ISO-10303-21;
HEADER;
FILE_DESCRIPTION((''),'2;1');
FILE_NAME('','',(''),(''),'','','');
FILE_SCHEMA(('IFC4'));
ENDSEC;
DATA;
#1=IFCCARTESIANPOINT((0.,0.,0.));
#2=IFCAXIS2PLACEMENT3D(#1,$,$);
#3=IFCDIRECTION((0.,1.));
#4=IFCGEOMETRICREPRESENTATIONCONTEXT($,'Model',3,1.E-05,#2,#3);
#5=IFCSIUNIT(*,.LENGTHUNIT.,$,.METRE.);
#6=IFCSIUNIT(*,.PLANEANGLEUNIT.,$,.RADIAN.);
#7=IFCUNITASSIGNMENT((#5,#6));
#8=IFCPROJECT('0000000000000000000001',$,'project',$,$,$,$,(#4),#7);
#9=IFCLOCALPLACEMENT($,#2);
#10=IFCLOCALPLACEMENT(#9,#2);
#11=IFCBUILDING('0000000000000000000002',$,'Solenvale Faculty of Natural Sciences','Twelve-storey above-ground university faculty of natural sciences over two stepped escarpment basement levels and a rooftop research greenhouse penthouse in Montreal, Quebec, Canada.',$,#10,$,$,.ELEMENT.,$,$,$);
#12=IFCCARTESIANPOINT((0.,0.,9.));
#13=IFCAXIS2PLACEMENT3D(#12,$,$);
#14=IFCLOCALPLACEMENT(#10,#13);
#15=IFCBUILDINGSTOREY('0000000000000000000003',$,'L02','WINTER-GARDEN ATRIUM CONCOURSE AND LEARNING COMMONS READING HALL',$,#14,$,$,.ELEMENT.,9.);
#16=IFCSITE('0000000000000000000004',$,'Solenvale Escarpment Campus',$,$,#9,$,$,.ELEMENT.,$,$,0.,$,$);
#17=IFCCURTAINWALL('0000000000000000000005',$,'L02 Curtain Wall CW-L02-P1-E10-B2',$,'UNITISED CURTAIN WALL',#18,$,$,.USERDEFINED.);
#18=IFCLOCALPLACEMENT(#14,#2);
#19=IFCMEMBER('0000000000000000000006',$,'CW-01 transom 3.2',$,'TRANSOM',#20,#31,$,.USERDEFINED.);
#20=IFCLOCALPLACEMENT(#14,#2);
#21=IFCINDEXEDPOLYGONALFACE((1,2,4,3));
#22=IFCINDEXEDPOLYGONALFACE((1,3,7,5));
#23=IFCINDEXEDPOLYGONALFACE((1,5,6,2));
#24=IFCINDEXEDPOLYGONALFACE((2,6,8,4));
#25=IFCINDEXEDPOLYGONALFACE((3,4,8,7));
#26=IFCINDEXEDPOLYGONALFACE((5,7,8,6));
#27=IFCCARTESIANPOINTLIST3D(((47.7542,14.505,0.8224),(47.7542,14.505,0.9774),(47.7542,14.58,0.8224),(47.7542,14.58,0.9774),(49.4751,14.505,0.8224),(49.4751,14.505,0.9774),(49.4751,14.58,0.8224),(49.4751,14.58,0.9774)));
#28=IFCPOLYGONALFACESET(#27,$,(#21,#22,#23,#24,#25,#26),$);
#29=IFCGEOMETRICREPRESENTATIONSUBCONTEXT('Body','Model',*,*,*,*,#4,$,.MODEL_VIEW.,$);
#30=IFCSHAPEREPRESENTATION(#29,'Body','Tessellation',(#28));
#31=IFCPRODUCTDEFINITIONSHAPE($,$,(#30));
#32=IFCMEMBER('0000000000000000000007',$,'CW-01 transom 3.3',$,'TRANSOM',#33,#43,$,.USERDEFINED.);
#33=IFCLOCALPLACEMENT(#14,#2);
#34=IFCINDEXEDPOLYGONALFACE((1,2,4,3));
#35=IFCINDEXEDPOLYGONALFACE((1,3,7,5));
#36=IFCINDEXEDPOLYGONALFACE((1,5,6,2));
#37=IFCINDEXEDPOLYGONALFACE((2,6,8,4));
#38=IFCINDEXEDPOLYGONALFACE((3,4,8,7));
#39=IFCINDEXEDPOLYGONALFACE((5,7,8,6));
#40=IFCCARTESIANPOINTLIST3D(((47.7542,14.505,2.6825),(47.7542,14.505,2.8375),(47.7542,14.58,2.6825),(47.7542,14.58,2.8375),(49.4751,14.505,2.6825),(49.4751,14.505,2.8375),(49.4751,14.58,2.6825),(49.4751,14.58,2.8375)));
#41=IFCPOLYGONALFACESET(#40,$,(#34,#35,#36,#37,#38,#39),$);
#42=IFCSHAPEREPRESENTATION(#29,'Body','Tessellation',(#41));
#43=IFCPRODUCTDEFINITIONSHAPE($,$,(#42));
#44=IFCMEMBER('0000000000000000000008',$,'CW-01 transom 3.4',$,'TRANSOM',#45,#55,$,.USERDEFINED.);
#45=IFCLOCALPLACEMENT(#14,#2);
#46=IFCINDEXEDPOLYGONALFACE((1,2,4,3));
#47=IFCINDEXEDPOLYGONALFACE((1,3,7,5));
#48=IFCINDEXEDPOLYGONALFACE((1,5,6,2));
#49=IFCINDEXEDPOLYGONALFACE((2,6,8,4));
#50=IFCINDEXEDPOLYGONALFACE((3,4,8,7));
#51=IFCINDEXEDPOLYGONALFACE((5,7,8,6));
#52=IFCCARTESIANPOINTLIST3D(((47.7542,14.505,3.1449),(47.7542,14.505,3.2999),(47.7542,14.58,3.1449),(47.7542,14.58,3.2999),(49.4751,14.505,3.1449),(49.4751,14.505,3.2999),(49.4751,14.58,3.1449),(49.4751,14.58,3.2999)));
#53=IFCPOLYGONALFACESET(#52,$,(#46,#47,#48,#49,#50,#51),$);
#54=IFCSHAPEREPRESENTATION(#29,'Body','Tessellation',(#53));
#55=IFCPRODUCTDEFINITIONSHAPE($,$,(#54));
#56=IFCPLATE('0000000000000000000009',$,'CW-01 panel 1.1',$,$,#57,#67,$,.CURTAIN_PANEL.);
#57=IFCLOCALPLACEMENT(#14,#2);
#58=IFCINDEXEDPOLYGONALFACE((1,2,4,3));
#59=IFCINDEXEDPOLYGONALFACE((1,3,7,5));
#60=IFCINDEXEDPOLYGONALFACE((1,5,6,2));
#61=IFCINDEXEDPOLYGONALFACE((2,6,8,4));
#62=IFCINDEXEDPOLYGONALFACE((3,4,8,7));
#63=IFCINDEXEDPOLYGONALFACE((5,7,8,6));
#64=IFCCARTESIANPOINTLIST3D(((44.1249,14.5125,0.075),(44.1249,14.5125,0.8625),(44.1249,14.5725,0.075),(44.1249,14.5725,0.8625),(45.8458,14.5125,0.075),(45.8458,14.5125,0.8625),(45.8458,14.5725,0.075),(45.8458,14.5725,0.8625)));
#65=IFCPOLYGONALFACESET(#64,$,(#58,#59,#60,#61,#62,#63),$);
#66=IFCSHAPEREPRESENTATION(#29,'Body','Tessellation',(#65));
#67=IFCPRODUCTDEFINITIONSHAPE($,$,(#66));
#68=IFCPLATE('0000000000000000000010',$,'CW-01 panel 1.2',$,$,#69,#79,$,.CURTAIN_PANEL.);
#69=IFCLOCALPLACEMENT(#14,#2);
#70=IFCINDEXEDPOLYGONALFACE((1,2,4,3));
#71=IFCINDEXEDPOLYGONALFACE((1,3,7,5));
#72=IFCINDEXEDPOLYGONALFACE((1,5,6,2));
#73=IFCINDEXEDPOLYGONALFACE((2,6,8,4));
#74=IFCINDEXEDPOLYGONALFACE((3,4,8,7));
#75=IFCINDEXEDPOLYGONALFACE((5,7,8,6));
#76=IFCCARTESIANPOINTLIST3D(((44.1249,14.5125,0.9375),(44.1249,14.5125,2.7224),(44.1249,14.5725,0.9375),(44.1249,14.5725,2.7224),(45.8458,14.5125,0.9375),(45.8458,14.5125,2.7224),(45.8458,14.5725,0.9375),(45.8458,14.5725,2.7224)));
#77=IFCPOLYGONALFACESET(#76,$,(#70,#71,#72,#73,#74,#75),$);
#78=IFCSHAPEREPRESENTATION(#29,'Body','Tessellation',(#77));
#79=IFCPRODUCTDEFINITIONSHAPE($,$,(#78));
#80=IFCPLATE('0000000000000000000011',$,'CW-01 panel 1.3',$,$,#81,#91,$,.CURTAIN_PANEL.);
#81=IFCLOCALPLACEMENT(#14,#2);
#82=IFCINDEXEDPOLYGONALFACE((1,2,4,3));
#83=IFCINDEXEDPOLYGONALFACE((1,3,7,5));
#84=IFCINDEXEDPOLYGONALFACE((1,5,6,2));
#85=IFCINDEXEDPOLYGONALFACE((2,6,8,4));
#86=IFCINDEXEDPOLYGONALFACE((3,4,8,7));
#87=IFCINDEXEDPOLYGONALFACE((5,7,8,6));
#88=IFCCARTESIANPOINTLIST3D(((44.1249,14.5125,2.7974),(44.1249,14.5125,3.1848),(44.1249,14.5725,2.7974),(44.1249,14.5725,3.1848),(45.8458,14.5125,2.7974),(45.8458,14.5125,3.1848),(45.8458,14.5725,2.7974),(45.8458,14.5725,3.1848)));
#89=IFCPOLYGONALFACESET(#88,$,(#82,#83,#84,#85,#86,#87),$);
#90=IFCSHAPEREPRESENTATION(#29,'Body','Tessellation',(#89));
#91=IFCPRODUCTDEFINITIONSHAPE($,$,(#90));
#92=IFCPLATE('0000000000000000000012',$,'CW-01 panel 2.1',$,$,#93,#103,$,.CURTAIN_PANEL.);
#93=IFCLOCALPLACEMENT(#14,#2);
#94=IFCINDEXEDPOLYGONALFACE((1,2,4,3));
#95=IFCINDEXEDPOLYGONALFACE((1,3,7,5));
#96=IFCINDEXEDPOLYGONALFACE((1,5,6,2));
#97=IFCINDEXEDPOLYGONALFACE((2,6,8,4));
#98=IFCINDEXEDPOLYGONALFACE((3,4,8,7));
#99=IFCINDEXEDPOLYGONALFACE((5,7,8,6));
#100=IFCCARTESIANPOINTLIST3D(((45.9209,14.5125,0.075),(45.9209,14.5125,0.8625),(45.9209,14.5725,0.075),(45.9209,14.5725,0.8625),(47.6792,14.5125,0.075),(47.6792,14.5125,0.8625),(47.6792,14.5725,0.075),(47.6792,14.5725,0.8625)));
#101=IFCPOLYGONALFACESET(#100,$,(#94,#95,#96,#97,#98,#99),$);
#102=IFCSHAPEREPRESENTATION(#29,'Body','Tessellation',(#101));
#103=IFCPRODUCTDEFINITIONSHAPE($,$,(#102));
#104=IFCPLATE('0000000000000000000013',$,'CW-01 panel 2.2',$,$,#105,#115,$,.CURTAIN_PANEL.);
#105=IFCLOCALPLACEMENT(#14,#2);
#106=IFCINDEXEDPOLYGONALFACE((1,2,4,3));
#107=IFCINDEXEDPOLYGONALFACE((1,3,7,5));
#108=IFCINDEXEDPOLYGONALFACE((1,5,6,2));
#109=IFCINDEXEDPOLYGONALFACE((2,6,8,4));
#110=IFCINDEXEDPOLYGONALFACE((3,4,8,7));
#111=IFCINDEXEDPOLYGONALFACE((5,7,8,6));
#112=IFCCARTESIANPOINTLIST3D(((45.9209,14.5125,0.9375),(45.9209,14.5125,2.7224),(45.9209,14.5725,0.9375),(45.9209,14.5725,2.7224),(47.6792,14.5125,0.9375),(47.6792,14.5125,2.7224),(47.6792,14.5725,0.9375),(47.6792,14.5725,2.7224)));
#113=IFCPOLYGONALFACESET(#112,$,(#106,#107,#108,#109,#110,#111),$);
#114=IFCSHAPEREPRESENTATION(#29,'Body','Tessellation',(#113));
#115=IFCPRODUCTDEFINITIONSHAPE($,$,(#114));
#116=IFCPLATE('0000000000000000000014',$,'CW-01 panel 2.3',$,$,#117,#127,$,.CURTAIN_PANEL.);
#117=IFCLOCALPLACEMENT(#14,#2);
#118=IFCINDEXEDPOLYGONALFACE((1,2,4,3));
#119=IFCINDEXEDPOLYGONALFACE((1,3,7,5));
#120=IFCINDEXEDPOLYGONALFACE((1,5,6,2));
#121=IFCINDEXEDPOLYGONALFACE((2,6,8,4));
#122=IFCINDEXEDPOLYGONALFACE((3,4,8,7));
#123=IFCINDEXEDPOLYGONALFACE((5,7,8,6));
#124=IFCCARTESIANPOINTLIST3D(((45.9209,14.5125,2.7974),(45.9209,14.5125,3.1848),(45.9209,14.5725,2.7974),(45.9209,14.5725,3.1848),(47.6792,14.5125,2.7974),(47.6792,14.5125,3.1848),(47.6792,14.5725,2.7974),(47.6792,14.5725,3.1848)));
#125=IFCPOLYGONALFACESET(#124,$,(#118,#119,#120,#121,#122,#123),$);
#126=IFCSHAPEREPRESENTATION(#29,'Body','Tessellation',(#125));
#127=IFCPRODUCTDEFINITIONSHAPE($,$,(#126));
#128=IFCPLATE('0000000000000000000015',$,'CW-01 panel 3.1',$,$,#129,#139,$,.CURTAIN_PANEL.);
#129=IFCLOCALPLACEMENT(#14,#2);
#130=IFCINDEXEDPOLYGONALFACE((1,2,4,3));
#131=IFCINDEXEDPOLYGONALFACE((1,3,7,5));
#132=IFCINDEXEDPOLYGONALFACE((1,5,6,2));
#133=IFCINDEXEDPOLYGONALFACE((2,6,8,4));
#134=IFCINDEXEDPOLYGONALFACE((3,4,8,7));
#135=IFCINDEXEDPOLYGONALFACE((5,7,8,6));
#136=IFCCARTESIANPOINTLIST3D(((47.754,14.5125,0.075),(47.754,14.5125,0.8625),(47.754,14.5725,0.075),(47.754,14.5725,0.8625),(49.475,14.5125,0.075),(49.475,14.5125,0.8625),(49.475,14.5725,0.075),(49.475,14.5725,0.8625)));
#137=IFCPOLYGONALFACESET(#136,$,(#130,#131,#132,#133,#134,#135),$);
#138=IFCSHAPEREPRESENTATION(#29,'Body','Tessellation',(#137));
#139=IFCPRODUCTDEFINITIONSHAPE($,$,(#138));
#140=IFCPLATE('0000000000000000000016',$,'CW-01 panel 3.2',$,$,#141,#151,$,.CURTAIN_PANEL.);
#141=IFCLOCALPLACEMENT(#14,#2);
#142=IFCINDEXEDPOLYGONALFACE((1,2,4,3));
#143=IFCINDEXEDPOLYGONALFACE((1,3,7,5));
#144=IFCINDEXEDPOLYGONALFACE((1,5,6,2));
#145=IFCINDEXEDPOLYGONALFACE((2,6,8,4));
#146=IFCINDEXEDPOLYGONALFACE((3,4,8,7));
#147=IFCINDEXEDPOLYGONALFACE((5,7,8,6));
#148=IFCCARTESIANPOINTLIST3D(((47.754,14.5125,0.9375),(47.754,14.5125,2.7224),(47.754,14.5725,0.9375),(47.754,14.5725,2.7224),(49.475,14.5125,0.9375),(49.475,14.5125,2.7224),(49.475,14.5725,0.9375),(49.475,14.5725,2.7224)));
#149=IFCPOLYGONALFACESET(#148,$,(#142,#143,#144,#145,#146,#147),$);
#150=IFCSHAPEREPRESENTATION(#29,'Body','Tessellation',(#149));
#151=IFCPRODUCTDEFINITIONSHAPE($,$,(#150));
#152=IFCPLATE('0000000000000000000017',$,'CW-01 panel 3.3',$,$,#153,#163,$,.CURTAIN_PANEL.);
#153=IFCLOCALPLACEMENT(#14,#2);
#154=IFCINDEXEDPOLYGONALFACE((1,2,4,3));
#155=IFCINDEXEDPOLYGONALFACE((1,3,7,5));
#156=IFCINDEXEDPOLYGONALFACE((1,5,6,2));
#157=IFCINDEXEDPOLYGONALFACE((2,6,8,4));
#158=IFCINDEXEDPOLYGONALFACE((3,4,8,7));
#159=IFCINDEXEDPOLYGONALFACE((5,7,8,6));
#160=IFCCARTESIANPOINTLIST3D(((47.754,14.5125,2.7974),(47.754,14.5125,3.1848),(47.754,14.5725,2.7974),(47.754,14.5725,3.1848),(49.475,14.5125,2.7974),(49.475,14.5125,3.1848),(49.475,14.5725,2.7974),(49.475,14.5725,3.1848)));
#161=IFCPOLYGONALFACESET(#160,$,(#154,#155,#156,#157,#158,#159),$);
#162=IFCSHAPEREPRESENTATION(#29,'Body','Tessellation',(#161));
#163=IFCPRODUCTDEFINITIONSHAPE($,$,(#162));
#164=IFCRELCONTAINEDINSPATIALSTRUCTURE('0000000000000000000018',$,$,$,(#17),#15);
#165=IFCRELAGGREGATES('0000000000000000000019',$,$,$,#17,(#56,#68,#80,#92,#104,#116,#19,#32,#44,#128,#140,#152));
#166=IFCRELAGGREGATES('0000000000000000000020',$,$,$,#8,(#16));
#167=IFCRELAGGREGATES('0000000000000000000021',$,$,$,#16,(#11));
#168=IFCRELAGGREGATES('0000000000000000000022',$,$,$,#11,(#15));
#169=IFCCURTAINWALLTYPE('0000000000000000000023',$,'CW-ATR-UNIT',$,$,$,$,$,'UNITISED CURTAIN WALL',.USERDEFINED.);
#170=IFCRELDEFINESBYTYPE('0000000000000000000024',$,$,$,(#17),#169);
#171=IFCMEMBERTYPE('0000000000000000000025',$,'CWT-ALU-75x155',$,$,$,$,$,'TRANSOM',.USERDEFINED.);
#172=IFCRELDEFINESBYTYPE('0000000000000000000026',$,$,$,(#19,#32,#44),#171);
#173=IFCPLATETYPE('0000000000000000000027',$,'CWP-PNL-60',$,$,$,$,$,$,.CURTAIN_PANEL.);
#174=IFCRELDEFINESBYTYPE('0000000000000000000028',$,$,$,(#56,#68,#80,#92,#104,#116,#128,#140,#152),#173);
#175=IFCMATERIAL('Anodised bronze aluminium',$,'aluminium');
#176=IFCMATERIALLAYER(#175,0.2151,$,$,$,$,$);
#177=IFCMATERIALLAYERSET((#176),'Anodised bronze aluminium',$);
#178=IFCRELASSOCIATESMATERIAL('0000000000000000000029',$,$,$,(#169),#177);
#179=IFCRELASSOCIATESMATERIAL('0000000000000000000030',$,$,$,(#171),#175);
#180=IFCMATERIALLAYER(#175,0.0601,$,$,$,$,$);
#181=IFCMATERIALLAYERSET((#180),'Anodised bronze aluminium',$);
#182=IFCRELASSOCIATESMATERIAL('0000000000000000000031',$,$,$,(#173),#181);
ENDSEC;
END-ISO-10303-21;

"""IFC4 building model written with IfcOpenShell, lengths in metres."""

from ifc_helpers import new_model, si_unit, direction, frame, origin, origin_2d, place, context, subcontext, project, spatial, rectangle, extrude, material, layer, layer_set, material_profile, profile_set, type_object, element, aggregate, save


model = new_model("IFC4")

# Units and contexts
model_context = context("Model", 3, precision=1e-05, world=origin(), true_north=direction((0.0, 1.0)))
body_context = subcontext(model_context, "Body", "Model", "MODEL_VIEW")
ifc_project = project(units=[si_unit("LENGTHUNIT", "METRE"), si_unit("PLANEANGLEUNIT", "RADIAN")], contexts=[model_context])

# Site, building, storey
site_placement = place(None, origin())
site = spatial("IfcSite", under=ifc_project, at=site_placement, Name="Solenvale Escarpment Campus", CompositionType="ELEMENT", RefElevation=0.0)
building_placement = place(site_placement, origin())
building = spatial("IfcBuilding", under=site, at=building_placement, Name="Solenvale Faculty of Natural Sciences", Description="Twelve-storey above-ground university faculty of natural sciences over two stepped escarpment basement levels and a rooftop research greenhouse penthouse in Montreal, Quebec, Canada.", CompositionType="ELEMENT")
storey_placement = place(building_placement, frame((0.0, 0.0, 9.0)))
storey = spatial("IfcBuildingStorey", under=building, at=storey_placement, Name="L02", Description="WINTER-GARDEN ATRIUM CONCOURSE AND LEARNING COMMONS READING HALL", CompositionType="ELEMENT", Elevation=9.0)

# Curtain wall, members, plates
ifc_material_1 = material(Name="Anodised bronze aluminium", Category="aluminium")
ifc_layer_1 = layer(ifc_material_1, 0.2151)
ifc_layer_set_1 = layer_set([ifc_layer_1], Name="Anodised bronze aluminium")
curtain_wall_type = type_object("IfcCurtainWallType", Name="CW-ATR-UNIT", ElementType="UNITISED CURTAIN WALL", PredefinedType="USERDEFINED", material=ifc_layer_set_1)
curtain_wall_placement = place(storey_placement, origin())
curtain_wall = element("IfcCurtainWall", 1, at=curtain_wall_placement, inside=storey, type_object=curtain_wall_type, Name="L02 Curtain Wall CW-L02-P1-E10-B2", ObjectType="UNITISED CURTAIN WALL", PredefinedType="USERDEFINED")
ifc_material_profile_1 = material_profile(ifc_material_1, rectangle(XDim=0.075, YDim=0.155, at=origin_2d()), Name="ALU-TRN-75x155")
ifc_profile_set_1 = profile_set([ifc_material_profile_1], Name="Anodised bronze aluminium")
member_type_1 = type_object("IfcMemberType", Name="CWT-ALU-75x155", ElementType="TRANSOM", PredefinedType="USERDEFINED", material=ifc_profile_set_1)
member_1_placement = place(storey_placement, frame((47.7542, 14.5425, 0.8999), z_axis=(1.0, 0.0, 0.0), x_axis=(0.0, 1.0, 0.0)))
member_1 = element("IfcMember", 2, at=member_1_placement, type_object=member_type_1, Name="CW-01 transom 3.2", ObjectType="TRANSOM", PredefinedType="USERDEFINED", context=body_context, shape_type="SweptSolid", body=[
    extrude(rectangle(XDim=0.075, YDim=0.155, at=origin_2d()), origin(), (0.0, 0.0, 1.0), 1.7209),
])
member_2_placement = place(storey_placement, frame((47.7542, 14.5425, 2.76), z_axis=(1.0, 0.0, 0.0), x_axis=(0.0, 1.0, 0.0)))
member_2 = element("IfcMember", 3, at=member_2_placement, type_object=member_type_1, Name="CW-01 transom 3.3", ObjectType="TRANSOM", PredefinedType="USERDEFINED", context=body_context, shape_type="SweptSolid", body=[
    extrude(rectangle(XDim=0.075, YDim=0.155, at=origin_2d()), origin(), (0.0, 0.0, 1.0), 1.7209),
])
member_3_placement = place(storey_placement, frame((47.7542, 14.5425, 3.2224), z_axis=(1.0, 0.0, 0.0), x_axis=(0.0, 1.0, 0.0)))
member_3 = element("IfcMember", 4, at=member_3_placement, type_object=member_type_1, Name="CW-01 transom 3.4", ObjectType="TRANSOM", PredefinedType="USERDEFINED", context=body_context, shape_type="SweptSolid", body=[
    extrude(rectangle(XDim=0.075, YDim=0.155, at=origin_2d()), origin(), (0.0, 0.0, 1.0), 1.7209),
])
ifc_layer_2 = layer(ifc_material_1, 0.0601)
ifc_layer_set_2 = layer_set([ifc_layer_2], Name="Anodised bronze aluminium")
plate_type = type_object("IfcPlateType", Name="CWP-PNL-60", PredefinedType="CURTAIN_PANEL", material=ifc_layer_set_2)
plate_1_placement = place(storey_placement, frame((44.9854, 14.5425, 0.075), z_axis=(0.0, 0.0, 1.0), x_axis=(1.0, 0.0, 0.0)))
plate_1 = element("IfcPlate", 5, at=plate_1_placement, type_object=plate_type, Name="CW-01 panel 1.1", PredefinedType="CURTAIN_PANEL", context=body_context, shape_type="SweptSolid", body=[
    extrude(rectangle(XDim=1.7209, YDim=0.0601, at=origin_2d()), origin(), (0.0, 0.0, 1.0), 0.7876),
])
plate_2_placement = place(storey_placement, frame((44.9854, 14.5425, 0.9375), z_axis=(0.0, 0.0, 1.0), x_axis=(1.0, 0.0, 0.0)))
plate_2 = element("IfcPlate", 6, at=plate_2_placement, type_object=plate_type, Name="CW-01 panel 1.2", PredefinedType="CURTAIN_PANEL", context=body_context, shape_type="SweptSolid", body=[
    extrude(rectangle(XDim=1.7209, YDim=0.0601, at=origin_2d()), origin(), (0.0, 0.0, 1.0), 1.7849),
])
plate_3_placement = place(storey_placement, frame((44.9854, 14.5425, 2.7974), z_axis=(0.0, 0.0, 1.0), x_axis=(1.0, 0.0, 0.0)))
plate_3 = element("IfcPlate", 7, at=plate_3_placement, type_object=plate_type, Name="CW-01 panel 1.3", PredefinedType="CURTAIN_PANEL", context=body_context, shape_type="SweptSolid", body=[
    extrude(rectangle(XDim=1.7209, YDim=0.0601, at=origin_2d()), origin(), (0.0, 0.0, 1.0), 0.3875),
])
plate_4_placement = place(storey_placement, frame((46.8, 14.5425, 0.075), z_axis=(0.0, 0.0, 1.0), x_axis=(1.0, 0.0, 0.0)))
plate_4 = element("IfcPlate", 8, at=plate_4_placement, type_object=plate_type, Name="CW-01 panel 2.1", PredefinedType="CURTAIN_PANEL", context=body_context, shape_type="SweptSolid", body=[
    extrude(rectangle(XDim=1.7583, YDim=0.0601, at=origin_2d()), origin(), (0.0, 0.0, 1.0), 0.7876),
])
plate_5_placement = place(storey_placement, frame((46.8, 14.5425, 0.9375), z_axis=(0.0, 0.0, 1.0), x_axis=(1.0, 0.0, 0.0)))
plate_5 = element("IfcPlate", 9, at=plate_5_placement, type_object=plate_type, Name="CW-01 panel 2.2", PredefinedType="CURTAIN_PANEL", context=body_context, shape_type="SweptSolid", body=[
    extrude(rectangle(XDim=1.7583, YDim=0.0601, at=origin_2d()), origin(), (0.0, 0.0, 1.0), 1.7849),
])
plate_6_placement = place(storey_placement, frame((46.8, 14.5425, 2.7974), z_axis=(0.0, 0.0, 1.0), x_axis=(1.0, 0.0, 0.0)))
plate_6 = element("IfcPlate", 10, at=plate_6_placement, type_object=plate_type, Name="CW-01 panel 2.3", PredefinedType="CURTAIN_PANEL", context=body_context, shape_type="SweptSolid", body=[
    extrude(rectangle(XDim=1.7583, YDim=0.0601, at=origin_2d()), origin(), (0.0, 0.0, 1.0), 0.3875),
])
plate_7_placement = place(storey_placement, frame((48.6145, 14.5425, 0.075), z_axis=(0.0, 0.0, 1.0), x_axis=(1.0, 0.0, 0.0)))
plate_7 = element("IfcPlate", 11, at=plate_7_placement, type_object=plate_type, Name="CW-01 panel 3.1", PredefinedType="CURTAIN_PANEL", context=body_context, shape_type="SweptSolid", body=[
    extrude(rectangle(XDim=1.7209, YDim=0.0601, at=origin_2d()), origin(), (0.0, 0.0, 1.0), 0.7876),
])
plate_8_placement = place(storey_placement, frame((48.6145, 14.5425, 0.9375), z_axis=(0.0, 0.0, 1.0), x_axis=(1.0, 0.0, 0.0)))
plate_8 = element("IfcPlate", 12, at=plate_8_placement, type_object=plate_type, Name="CW-01 panel 3.2", PredefinedType="CURTAIN_PANEL", context=body_context, shape_type="SweptSolid", body=[
    extrude(rectangle(XDim=1.7209, YDim=0.0601, at=origin_2d()), origin(), (0.0, 0.0, 1.0), 1.7849),
])
plate_9_placement = place(storey_placement, frame((48.6145, 14.5425, 2.7974), z_axis=(0.0, 0.0, 1.0), x_axis=(1.0, 0.0, 0.0)))
plate_9 = element("IfcPlate", 13, at=plate_9_placement, type_object=plate_type, Name="CW-01 panel 3.3", PredefinedType="CURTAIN_PANEL", context=body_context, shape_type="SweptSolid", body=[
    extrude(rectangle(XDim=1.7209, YDim=0.0601, at=origin_2d()), origin(), (0.0, 0.0, 1.0), 0.3875),
])
aggregate(curtain_wall, [plate_1, plate_2, plate_3, plate_4, plate_5, plate_6, member_1, member_2, member_3, plate_7, plate_8, plate_9])

save(model, "model.ifc")
